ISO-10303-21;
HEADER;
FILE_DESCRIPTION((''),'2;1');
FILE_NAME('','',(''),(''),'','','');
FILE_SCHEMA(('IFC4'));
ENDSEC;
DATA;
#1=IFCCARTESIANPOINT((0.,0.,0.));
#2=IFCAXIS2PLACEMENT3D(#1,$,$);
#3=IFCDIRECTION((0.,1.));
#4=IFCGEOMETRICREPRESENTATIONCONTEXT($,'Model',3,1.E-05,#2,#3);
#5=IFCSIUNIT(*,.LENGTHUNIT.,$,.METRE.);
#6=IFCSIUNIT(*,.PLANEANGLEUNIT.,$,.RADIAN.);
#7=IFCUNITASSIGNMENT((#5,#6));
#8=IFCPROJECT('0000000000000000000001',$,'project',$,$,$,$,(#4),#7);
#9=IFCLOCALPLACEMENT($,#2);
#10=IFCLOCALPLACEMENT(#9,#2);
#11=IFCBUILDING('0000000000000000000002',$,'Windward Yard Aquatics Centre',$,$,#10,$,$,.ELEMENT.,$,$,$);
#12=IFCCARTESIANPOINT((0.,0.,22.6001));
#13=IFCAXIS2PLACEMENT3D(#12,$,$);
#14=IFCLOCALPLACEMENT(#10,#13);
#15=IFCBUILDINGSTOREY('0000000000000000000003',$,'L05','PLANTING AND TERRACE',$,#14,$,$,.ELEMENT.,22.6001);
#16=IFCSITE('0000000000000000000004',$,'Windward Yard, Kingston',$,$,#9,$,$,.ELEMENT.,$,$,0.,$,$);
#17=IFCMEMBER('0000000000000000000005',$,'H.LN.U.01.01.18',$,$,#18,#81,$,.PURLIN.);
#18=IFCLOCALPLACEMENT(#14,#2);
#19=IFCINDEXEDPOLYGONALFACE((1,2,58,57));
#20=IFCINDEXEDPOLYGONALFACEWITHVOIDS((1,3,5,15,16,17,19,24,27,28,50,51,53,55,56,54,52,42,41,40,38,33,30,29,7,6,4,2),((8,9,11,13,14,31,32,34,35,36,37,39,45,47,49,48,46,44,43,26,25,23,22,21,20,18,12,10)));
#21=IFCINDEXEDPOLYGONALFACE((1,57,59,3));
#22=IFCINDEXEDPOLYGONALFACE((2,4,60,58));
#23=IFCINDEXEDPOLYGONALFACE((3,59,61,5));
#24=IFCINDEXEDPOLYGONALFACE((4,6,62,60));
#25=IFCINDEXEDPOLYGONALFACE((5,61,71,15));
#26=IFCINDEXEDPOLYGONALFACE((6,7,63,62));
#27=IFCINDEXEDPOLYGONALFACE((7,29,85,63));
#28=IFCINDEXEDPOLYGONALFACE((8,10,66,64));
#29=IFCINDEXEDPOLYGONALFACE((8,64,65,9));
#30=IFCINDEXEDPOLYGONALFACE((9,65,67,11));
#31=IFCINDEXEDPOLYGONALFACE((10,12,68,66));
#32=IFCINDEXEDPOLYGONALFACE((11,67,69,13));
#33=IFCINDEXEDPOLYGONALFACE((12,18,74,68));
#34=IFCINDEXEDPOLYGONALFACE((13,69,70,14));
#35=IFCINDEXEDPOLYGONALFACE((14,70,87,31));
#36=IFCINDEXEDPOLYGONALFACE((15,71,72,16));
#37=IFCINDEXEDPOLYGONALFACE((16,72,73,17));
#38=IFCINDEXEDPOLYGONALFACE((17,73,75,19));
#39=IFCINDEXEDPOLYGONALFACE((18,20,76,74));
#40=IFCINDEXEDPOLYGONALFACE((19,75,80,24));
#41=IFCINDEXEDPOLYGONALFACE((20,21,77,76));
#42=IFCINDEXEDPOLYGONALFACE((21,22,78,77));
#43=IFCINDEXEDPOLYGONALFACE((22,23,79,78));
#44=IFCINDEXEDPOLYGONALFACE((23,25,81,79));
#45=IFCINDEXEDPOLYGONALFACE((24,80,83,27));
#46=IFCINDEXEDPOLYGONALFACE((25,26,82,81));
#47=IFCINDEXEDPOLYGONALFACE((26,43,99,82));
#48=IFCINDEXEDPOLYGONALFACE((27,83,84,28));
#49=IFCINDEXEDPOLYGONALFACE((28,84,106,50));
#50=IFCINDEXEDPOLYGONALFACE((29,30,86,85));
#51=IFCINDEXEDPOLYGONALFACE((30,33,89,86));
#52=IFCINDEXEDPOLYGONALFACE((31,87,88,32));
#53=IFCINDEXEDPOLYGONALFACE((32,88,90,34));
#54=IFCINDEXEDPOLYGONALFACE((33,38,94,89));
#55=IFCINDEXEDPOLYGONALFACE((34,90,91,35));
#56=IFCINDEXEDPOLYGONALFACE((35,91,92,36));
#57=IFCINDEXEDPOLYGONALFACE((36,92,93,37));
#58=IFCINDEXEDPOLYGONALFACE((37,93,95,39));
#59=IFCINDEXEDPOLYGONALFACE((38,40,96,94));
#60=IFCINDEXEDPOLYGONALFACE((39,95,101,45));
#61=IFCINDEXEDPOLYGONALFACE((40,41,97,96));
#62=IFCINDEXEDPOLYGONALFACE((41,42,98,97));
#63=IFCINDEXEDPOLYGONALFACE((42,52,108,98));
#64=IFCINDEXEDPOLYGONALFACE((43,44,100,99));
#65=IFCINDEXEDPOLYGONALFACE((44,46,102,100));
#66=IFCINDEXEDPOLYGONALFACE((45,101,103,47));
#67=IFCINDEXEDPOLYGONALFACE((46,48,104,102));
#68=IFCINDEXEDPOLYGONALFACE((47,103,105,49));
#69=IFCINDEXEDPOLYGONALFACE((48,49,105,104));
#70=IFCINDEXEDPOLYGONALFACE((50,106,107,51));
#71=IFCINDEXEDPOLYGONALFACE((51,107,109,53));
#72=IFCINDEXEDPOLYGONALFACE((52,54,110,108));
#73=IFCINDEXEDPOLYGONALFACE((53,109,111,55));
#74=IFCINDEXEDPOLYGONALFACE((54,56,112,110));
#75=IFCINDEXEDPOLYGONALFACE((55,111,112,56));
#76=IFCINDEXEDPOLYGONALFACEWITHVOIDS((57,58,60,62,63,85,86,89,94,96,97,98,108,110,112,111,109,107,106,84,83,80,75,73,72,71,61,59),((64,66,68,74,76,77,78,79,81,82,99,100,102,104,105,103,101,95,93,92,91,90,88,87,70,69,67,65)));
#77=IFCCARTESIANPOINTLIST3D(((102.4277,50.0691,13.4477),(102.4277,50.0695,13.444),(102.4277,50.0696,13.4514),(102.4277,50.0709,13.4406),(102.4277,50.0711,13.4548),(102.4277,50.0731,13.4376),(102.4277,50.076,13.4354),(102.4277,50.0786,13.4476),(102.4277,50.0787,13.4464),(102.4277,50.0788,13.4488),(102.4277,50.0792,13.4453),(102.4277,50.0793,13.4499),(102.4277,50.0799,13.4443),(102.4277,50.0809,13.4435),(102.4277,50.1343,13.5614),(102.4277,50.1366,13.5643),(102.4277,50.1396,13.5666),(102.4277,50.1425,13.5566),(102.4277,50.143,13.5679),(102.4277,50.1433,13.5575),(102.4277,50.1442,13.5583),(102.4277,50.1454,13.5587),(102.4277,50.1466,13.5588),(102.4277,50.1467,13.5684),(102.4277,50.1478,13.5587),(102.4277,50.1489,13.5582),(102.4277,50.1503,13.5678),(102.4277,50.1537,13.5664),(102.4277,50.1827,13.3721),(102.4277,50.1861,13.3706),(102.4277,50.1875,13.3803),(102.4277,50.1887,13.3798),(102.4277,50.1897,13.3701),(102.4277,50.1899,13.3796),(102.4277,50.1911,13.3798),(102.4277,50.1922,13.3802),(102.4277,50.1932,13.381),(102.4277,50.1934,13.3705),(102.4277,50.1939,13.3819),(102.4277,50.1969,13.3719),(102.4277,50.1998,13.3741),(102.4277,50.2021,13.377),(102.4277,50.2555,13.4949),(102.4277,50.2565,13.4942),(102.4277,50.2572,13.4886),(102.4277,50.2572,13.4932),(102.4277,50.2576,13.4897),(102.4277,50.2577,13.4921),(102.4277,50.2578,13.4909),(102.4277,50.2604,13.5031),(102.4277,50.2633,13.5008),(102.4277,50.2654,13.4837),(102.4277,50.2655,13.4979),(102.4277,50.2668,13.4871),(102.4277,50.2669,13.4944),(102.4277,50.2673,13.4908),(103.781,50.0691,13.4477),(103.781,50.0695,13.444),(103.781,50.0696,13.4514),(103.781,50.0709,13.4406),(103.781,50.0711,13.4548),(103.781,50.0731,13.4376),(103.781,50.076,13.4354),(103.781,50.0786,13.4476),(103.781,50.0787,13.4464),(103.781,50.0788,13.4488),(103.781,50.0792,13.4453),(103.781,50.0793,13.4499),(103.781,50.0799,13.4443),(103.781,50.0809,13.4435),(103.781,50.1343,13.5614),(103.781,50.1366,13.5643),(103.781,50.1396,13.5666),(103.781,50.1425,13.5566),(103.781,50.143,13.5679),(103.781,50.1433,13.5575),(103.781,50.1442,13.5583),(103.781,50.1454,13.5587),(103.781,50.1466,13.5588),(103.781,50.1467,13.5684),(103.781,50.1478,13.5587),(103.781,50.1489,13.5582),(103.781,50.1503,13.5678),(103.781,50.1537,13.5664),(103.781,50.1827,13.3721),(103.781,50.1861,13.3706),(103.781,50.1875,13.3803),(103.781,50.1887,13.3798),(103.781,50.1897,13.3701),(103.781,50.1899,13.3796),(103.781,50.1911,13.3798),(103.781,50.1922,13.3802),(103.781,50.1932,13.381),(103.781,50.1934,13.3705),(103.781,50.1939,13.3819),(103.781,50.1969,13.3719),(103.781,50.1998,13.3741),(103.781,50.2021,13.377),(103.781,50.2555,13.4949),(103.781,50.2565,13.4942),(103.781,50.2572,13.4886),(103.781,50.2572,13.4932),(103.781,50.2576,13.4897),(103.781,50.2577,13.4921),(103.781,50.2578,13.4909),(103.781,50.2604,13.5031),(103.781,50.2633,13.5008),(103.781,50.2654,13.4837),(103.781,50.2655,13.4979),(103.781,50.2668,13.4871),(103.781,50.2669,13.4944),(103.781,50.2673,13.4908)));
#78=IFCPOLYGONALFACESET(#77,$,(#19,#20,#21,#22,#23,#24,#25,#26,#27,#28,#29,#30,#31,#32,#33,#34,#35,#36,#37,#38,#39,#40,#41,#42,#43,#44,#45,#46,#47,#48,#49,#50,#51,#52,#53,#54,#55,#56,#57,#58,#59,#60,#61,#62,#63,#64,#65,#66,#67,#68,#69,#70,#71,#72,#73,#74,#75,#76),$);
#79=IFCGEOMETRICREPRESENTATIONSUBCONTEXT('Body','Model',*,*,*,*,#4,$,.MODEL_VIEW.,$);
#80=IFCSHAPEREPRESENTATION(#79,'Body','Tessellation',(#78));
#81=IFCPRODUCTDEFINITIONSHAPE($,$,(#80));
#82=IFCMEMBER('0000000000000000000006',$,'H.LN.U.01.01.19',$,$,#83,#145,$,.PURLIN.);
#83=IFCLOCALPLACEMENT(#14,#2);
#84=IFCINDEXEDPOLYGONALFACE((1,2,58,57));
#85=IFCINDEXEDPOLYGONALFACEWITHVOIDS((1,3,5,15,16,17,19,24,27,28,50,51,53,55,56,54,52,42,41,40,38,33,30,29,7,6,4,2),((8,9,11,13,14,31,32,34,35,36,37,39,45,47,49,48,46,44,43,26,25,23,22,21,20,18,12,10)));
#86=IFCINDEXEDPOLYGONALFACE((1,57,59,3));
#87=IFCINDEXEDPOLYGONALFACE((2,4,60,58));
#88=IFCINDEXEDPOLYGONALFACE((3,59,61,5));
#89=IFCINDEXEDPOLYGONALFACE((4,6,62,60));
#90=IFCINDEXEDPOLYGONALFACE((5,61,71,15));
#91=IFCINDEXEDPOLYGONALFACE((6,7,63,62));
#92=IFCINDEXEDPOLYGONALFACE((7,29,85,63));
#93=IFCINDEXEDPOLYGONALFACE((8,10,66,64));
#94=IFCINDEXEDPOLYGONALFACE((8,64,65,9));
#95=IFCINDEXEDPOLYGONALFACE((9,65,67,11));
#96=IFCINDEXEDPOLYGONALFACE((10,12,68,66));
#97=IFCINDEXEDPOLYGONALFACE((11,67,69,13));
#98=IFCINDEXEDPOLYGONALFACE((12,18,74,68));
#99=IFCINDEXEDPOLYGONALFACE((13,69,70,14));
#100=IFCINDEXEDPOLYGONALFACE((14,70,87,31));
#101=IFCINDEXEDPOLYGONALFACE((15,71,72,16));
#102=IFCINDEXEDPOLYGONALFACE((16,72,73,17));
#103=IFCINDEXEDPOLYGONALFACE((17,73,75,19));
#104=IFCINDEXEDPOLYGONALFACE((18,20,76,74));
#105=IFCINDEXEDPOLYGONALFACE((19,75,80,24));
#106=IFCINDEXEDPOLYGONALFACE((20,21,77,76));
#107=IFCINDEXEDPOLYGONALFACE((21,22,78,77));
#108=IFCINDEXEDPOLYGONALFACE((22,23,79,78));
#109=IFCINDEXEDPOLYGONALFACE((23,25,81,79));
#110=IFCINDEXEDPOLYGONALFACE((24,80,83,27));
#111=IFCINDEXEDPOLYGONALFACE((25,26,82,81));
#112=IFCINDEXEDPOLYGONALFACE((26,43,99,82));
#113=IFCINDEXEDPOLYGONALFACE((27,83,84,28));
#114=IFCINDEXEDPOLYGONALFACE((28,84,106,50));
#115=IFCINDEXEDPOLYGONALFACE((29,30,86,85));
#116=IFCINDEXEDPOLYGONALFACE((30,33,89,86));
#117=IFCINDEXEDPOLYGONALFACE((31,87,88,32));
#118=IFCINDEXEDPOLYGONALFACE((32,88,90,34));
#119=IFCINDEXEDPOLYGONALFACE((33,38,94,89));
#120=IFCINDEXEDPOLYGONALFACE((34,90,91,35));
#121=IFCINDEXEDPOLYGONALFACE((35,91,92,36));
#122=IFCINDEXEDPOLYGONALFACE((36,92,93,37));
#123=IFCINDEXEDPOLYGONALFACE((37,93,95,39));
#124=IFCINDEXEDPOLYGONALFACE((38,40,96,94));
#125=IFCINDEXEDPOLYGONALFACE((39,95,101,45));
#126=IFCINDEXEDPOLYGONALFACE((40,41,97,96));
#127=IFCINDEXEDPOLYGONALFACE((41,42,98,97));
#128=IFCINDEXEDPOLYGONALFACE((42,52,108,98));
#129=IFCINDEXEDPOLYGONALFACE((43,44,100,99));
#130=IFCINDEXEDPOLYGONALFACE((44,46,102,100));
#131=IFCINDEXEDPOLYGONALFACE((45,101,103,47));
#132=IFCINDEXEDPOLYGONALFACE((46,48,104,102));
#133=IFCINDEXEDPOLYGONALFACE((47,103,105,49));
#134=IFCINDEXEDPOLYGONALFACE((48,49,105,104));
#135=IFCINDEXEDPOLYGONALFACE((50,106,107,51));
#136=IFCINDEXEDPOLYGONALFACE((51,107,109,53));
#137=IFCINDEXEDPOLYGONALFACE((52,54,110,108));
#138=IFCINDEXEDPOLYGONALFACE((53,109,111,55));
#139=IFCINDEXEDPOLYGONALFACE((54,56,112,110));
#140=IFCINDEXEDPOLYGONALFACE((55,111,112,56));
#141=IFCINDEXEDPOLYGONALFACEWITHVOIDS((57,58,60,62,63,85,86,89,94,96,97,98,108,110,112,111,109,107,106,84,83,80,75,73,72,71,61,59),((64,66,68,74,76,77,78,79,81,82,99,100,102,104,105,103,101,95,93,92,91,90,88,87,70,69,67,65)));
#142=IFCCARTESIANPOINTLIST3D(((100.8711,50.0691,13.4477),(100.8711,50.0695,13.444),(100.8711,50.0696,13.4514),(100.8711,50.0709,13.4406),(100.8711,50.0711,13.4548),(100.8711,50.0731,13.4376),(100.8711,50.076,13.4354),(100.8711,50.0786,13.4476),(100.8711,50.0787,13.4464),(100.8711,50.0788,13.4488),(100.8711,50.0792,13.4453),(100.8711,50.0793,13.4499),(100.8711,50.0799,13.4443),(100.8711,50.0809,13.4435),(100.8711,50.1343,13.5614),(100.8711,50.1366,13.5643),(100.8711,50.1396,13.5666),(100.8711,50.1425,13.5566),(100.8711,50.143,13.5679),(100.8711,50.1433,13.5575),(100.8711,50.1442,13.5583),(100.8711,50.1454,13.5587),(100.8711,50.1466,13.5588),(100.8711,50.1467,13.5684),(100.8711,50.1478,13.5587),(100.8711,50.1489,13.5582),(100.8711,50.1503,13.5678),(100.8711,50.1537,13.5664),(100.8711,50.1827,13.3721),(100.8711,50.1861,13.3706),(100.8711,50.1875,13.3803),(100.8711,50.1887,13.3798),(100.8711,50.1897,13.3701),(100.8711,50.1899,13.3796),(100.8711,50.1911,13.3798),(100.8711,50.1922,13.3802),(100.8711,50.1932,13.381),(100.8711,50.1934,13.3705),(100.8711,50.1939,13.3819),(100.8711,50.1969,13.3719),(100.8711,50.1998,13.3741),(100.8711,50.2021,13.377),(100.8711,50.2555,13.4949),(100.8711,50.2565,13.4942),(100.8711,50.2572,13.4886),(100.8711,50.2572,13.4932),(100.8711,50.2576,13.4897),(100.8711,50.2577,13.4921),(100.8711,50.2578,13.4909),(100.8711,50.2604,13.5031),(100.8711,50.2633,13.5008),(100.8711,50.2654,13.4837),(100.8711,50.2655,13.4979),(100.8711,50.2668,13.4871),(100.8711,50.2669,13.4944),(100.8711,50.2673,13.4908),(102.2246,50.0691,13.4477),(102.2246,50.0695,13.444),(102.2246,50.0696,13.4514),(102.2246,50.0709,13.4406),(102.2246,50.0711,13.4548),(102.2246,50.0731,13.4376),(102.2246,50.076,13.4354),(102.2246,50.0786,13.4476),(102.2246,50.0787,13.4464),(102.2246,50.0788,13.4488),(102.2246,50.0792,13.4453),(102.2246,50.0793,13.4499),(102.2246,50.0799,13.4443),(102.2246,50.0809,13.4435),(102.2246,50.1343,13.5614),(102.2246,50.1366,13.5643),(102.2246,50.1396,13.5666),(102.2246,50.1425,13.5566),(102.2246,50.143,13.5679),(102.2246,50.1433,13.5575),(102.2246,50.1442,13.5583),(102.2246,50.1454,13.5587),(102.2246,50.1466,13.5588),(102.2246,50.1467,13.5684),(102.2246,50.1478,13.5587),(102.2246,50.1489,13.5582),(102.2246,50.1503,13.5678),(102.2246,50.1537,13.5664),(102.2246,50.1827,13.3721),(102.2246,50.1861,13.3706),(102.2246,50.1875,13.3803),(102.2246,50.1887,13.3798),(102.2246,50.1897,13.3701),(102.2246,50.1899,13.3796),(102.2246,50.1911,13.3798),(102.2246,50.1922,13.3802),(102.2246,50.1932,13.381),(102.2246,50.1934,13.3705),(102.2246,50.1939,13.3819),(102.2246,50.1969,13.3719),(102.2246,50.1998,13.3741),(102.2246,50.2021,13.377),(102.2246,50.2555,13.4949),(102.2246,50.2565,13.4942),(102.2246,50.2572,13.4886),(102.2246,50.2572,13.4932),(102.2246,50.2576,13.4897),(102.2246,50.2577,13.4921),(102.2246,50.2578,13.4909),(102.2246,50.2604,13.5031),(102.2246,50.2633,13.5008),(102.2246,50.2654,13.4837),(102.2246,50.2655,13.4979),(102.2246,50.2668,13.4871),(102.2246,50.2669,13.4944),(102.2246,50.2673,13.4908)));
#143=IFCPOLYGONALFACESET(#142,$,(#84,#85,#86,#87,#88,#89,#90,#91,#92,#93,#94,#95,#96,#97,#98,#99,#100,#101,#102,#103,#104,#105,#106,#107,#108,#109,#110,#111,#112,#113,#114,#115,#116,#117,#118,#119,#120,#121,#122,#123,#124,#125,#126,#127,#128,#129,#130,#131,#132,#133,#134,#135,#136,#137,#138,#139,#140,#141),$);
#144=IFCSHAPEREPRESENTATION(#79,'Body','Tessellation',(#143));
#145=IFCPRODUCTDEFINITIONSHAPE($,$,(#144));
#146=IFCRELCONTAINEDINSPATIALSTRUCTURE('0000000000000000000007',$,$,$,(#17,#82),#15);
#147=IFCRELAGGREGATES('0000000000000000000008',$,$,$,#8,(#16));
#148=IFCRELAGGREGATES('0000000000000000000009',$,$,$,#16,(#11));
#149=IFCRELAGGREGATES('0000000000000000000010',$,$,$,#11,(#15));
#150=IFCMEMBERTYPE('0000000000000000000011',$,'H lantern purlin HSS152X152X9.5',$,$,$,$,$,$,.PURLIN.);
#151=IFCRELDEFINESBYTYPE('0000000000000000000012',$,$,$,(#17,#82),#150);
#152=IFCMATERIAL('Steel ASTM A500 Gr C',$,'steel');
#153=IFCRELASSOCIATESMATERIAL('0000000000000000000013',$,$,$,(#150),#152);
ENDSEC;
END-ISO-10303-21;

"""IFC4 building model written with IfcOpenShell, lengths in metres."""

from ifc_helpers import new_model, si_unit, direction, frame, origin, origin_2d, place, context, subcontext, project, spatial, hollow_rectangle, extrude, material, material_profile, profile_set, type_object, element, save


model = new_model("IFC4")

# Units and contexts
model_context = context("Model", 3, precision=1e-05, world=origin(), true_north=direction((0.0, 1.0)))
body_context = subcontext(model_context, "Body", "Model", "MODEL_VIEW")
ifc_project = project(units=[si_unit("LENGTHUNIT", "METRE"), si_unit("PLANEANGLEUNIT", "RADIAN")], contexts=[model_context])

# Site, building, storey
site_placement = place(None, origin())
site = spatial("IfcSite", under=ifc_project, at=site_placement, Name="Windward Yard, Kingston", CompositionType="ELEMENT", RefElevation=0.0)
building_placement = place(site_placement, origin())
building = spatial("IfcBuilding", under=site, at=building_placement, Name="Windward Yard Aquatics Centre", CompositionType="ELEMENT")
storey_placement = place(building_placement, frame((0.0, 0.0, 22.6001)))
storey = spatial("IfcBuildingStorey", under=building, at=storey_placement, Name="L05", Description="PLANTING AND TERRACE", CompositionType="ELEMENT", Elevation=22.6001)

# Members
ifc_material_1 = material(Name="Steel ASTM A500 Gr C", Category="steel")
ifc_material_profile = material_profile(ifc_material_1, hollow_rectangle(XDim=0.1523, YDim=0.1523, WallThickness=0.0095, InnerFilletRadius=0.0046, OuterFilletRadius=0.0142, at=origin_2d()), Name="HSS152X152X9.5")
ifc_profile_set = profile_set([ifc_material_profile], Name="Steel ASTM A500 Gr C")
member_type = type_object("IfcMemberType", Name="H lantern purlin HSS152X152X9.5", PredefinedType="PURLIN", material=ifc_profile_set)
member_1_placement = place(storey_placement, frame((103.781, 50.1682, 13.4692), z_axis=(-1.0, 0.0, 0.0), x_axis=(0.0, -0.51012, -0.860103)))
element("IfcMember", 1, at=member_1_placement, inside=storey, type_object=member_type, Name="H.LN.U.01.01.18", PredefinedType="PURLIN", context=body_context, shape_type="SweptSolid", body=[
    extrude(hollow_rectangle(XDim=0.1523, YDim=0.1523, WallThickness=0.0095, InnerFilletRadius=0.0046, OuterFilletRadius=0.0142, at=origin_2d()), origin(), (0.0, 0.0, 1.0), 1.3533),
])
member_2_placement = place(storey_placement, frame((102.2246, 50.1682, 13.4692), z_axis=(-1.0, 0.0, 0.0), x_axis=(0.0, -0.51012, -0.860103)))
element("IfcMember", 2, at=member_2_placement, inside=storey, type_object=member_type, Name="H.LN.U.01.01.19", PredefinedType="PURLIN", context=body_context, shape_type="SweptSolid", body=[
    extrude(hollow_rectangle(XDim=0.1523, YDim=0.1523, WallThickness=0.0095, InnerFilletRadius=0.0046, OuterFilletRadius=0.0142, at=origin_2d()), origin(), (0.0, 0.0, 1.0), 1.3535),
])

save(model, "model.ifc")
